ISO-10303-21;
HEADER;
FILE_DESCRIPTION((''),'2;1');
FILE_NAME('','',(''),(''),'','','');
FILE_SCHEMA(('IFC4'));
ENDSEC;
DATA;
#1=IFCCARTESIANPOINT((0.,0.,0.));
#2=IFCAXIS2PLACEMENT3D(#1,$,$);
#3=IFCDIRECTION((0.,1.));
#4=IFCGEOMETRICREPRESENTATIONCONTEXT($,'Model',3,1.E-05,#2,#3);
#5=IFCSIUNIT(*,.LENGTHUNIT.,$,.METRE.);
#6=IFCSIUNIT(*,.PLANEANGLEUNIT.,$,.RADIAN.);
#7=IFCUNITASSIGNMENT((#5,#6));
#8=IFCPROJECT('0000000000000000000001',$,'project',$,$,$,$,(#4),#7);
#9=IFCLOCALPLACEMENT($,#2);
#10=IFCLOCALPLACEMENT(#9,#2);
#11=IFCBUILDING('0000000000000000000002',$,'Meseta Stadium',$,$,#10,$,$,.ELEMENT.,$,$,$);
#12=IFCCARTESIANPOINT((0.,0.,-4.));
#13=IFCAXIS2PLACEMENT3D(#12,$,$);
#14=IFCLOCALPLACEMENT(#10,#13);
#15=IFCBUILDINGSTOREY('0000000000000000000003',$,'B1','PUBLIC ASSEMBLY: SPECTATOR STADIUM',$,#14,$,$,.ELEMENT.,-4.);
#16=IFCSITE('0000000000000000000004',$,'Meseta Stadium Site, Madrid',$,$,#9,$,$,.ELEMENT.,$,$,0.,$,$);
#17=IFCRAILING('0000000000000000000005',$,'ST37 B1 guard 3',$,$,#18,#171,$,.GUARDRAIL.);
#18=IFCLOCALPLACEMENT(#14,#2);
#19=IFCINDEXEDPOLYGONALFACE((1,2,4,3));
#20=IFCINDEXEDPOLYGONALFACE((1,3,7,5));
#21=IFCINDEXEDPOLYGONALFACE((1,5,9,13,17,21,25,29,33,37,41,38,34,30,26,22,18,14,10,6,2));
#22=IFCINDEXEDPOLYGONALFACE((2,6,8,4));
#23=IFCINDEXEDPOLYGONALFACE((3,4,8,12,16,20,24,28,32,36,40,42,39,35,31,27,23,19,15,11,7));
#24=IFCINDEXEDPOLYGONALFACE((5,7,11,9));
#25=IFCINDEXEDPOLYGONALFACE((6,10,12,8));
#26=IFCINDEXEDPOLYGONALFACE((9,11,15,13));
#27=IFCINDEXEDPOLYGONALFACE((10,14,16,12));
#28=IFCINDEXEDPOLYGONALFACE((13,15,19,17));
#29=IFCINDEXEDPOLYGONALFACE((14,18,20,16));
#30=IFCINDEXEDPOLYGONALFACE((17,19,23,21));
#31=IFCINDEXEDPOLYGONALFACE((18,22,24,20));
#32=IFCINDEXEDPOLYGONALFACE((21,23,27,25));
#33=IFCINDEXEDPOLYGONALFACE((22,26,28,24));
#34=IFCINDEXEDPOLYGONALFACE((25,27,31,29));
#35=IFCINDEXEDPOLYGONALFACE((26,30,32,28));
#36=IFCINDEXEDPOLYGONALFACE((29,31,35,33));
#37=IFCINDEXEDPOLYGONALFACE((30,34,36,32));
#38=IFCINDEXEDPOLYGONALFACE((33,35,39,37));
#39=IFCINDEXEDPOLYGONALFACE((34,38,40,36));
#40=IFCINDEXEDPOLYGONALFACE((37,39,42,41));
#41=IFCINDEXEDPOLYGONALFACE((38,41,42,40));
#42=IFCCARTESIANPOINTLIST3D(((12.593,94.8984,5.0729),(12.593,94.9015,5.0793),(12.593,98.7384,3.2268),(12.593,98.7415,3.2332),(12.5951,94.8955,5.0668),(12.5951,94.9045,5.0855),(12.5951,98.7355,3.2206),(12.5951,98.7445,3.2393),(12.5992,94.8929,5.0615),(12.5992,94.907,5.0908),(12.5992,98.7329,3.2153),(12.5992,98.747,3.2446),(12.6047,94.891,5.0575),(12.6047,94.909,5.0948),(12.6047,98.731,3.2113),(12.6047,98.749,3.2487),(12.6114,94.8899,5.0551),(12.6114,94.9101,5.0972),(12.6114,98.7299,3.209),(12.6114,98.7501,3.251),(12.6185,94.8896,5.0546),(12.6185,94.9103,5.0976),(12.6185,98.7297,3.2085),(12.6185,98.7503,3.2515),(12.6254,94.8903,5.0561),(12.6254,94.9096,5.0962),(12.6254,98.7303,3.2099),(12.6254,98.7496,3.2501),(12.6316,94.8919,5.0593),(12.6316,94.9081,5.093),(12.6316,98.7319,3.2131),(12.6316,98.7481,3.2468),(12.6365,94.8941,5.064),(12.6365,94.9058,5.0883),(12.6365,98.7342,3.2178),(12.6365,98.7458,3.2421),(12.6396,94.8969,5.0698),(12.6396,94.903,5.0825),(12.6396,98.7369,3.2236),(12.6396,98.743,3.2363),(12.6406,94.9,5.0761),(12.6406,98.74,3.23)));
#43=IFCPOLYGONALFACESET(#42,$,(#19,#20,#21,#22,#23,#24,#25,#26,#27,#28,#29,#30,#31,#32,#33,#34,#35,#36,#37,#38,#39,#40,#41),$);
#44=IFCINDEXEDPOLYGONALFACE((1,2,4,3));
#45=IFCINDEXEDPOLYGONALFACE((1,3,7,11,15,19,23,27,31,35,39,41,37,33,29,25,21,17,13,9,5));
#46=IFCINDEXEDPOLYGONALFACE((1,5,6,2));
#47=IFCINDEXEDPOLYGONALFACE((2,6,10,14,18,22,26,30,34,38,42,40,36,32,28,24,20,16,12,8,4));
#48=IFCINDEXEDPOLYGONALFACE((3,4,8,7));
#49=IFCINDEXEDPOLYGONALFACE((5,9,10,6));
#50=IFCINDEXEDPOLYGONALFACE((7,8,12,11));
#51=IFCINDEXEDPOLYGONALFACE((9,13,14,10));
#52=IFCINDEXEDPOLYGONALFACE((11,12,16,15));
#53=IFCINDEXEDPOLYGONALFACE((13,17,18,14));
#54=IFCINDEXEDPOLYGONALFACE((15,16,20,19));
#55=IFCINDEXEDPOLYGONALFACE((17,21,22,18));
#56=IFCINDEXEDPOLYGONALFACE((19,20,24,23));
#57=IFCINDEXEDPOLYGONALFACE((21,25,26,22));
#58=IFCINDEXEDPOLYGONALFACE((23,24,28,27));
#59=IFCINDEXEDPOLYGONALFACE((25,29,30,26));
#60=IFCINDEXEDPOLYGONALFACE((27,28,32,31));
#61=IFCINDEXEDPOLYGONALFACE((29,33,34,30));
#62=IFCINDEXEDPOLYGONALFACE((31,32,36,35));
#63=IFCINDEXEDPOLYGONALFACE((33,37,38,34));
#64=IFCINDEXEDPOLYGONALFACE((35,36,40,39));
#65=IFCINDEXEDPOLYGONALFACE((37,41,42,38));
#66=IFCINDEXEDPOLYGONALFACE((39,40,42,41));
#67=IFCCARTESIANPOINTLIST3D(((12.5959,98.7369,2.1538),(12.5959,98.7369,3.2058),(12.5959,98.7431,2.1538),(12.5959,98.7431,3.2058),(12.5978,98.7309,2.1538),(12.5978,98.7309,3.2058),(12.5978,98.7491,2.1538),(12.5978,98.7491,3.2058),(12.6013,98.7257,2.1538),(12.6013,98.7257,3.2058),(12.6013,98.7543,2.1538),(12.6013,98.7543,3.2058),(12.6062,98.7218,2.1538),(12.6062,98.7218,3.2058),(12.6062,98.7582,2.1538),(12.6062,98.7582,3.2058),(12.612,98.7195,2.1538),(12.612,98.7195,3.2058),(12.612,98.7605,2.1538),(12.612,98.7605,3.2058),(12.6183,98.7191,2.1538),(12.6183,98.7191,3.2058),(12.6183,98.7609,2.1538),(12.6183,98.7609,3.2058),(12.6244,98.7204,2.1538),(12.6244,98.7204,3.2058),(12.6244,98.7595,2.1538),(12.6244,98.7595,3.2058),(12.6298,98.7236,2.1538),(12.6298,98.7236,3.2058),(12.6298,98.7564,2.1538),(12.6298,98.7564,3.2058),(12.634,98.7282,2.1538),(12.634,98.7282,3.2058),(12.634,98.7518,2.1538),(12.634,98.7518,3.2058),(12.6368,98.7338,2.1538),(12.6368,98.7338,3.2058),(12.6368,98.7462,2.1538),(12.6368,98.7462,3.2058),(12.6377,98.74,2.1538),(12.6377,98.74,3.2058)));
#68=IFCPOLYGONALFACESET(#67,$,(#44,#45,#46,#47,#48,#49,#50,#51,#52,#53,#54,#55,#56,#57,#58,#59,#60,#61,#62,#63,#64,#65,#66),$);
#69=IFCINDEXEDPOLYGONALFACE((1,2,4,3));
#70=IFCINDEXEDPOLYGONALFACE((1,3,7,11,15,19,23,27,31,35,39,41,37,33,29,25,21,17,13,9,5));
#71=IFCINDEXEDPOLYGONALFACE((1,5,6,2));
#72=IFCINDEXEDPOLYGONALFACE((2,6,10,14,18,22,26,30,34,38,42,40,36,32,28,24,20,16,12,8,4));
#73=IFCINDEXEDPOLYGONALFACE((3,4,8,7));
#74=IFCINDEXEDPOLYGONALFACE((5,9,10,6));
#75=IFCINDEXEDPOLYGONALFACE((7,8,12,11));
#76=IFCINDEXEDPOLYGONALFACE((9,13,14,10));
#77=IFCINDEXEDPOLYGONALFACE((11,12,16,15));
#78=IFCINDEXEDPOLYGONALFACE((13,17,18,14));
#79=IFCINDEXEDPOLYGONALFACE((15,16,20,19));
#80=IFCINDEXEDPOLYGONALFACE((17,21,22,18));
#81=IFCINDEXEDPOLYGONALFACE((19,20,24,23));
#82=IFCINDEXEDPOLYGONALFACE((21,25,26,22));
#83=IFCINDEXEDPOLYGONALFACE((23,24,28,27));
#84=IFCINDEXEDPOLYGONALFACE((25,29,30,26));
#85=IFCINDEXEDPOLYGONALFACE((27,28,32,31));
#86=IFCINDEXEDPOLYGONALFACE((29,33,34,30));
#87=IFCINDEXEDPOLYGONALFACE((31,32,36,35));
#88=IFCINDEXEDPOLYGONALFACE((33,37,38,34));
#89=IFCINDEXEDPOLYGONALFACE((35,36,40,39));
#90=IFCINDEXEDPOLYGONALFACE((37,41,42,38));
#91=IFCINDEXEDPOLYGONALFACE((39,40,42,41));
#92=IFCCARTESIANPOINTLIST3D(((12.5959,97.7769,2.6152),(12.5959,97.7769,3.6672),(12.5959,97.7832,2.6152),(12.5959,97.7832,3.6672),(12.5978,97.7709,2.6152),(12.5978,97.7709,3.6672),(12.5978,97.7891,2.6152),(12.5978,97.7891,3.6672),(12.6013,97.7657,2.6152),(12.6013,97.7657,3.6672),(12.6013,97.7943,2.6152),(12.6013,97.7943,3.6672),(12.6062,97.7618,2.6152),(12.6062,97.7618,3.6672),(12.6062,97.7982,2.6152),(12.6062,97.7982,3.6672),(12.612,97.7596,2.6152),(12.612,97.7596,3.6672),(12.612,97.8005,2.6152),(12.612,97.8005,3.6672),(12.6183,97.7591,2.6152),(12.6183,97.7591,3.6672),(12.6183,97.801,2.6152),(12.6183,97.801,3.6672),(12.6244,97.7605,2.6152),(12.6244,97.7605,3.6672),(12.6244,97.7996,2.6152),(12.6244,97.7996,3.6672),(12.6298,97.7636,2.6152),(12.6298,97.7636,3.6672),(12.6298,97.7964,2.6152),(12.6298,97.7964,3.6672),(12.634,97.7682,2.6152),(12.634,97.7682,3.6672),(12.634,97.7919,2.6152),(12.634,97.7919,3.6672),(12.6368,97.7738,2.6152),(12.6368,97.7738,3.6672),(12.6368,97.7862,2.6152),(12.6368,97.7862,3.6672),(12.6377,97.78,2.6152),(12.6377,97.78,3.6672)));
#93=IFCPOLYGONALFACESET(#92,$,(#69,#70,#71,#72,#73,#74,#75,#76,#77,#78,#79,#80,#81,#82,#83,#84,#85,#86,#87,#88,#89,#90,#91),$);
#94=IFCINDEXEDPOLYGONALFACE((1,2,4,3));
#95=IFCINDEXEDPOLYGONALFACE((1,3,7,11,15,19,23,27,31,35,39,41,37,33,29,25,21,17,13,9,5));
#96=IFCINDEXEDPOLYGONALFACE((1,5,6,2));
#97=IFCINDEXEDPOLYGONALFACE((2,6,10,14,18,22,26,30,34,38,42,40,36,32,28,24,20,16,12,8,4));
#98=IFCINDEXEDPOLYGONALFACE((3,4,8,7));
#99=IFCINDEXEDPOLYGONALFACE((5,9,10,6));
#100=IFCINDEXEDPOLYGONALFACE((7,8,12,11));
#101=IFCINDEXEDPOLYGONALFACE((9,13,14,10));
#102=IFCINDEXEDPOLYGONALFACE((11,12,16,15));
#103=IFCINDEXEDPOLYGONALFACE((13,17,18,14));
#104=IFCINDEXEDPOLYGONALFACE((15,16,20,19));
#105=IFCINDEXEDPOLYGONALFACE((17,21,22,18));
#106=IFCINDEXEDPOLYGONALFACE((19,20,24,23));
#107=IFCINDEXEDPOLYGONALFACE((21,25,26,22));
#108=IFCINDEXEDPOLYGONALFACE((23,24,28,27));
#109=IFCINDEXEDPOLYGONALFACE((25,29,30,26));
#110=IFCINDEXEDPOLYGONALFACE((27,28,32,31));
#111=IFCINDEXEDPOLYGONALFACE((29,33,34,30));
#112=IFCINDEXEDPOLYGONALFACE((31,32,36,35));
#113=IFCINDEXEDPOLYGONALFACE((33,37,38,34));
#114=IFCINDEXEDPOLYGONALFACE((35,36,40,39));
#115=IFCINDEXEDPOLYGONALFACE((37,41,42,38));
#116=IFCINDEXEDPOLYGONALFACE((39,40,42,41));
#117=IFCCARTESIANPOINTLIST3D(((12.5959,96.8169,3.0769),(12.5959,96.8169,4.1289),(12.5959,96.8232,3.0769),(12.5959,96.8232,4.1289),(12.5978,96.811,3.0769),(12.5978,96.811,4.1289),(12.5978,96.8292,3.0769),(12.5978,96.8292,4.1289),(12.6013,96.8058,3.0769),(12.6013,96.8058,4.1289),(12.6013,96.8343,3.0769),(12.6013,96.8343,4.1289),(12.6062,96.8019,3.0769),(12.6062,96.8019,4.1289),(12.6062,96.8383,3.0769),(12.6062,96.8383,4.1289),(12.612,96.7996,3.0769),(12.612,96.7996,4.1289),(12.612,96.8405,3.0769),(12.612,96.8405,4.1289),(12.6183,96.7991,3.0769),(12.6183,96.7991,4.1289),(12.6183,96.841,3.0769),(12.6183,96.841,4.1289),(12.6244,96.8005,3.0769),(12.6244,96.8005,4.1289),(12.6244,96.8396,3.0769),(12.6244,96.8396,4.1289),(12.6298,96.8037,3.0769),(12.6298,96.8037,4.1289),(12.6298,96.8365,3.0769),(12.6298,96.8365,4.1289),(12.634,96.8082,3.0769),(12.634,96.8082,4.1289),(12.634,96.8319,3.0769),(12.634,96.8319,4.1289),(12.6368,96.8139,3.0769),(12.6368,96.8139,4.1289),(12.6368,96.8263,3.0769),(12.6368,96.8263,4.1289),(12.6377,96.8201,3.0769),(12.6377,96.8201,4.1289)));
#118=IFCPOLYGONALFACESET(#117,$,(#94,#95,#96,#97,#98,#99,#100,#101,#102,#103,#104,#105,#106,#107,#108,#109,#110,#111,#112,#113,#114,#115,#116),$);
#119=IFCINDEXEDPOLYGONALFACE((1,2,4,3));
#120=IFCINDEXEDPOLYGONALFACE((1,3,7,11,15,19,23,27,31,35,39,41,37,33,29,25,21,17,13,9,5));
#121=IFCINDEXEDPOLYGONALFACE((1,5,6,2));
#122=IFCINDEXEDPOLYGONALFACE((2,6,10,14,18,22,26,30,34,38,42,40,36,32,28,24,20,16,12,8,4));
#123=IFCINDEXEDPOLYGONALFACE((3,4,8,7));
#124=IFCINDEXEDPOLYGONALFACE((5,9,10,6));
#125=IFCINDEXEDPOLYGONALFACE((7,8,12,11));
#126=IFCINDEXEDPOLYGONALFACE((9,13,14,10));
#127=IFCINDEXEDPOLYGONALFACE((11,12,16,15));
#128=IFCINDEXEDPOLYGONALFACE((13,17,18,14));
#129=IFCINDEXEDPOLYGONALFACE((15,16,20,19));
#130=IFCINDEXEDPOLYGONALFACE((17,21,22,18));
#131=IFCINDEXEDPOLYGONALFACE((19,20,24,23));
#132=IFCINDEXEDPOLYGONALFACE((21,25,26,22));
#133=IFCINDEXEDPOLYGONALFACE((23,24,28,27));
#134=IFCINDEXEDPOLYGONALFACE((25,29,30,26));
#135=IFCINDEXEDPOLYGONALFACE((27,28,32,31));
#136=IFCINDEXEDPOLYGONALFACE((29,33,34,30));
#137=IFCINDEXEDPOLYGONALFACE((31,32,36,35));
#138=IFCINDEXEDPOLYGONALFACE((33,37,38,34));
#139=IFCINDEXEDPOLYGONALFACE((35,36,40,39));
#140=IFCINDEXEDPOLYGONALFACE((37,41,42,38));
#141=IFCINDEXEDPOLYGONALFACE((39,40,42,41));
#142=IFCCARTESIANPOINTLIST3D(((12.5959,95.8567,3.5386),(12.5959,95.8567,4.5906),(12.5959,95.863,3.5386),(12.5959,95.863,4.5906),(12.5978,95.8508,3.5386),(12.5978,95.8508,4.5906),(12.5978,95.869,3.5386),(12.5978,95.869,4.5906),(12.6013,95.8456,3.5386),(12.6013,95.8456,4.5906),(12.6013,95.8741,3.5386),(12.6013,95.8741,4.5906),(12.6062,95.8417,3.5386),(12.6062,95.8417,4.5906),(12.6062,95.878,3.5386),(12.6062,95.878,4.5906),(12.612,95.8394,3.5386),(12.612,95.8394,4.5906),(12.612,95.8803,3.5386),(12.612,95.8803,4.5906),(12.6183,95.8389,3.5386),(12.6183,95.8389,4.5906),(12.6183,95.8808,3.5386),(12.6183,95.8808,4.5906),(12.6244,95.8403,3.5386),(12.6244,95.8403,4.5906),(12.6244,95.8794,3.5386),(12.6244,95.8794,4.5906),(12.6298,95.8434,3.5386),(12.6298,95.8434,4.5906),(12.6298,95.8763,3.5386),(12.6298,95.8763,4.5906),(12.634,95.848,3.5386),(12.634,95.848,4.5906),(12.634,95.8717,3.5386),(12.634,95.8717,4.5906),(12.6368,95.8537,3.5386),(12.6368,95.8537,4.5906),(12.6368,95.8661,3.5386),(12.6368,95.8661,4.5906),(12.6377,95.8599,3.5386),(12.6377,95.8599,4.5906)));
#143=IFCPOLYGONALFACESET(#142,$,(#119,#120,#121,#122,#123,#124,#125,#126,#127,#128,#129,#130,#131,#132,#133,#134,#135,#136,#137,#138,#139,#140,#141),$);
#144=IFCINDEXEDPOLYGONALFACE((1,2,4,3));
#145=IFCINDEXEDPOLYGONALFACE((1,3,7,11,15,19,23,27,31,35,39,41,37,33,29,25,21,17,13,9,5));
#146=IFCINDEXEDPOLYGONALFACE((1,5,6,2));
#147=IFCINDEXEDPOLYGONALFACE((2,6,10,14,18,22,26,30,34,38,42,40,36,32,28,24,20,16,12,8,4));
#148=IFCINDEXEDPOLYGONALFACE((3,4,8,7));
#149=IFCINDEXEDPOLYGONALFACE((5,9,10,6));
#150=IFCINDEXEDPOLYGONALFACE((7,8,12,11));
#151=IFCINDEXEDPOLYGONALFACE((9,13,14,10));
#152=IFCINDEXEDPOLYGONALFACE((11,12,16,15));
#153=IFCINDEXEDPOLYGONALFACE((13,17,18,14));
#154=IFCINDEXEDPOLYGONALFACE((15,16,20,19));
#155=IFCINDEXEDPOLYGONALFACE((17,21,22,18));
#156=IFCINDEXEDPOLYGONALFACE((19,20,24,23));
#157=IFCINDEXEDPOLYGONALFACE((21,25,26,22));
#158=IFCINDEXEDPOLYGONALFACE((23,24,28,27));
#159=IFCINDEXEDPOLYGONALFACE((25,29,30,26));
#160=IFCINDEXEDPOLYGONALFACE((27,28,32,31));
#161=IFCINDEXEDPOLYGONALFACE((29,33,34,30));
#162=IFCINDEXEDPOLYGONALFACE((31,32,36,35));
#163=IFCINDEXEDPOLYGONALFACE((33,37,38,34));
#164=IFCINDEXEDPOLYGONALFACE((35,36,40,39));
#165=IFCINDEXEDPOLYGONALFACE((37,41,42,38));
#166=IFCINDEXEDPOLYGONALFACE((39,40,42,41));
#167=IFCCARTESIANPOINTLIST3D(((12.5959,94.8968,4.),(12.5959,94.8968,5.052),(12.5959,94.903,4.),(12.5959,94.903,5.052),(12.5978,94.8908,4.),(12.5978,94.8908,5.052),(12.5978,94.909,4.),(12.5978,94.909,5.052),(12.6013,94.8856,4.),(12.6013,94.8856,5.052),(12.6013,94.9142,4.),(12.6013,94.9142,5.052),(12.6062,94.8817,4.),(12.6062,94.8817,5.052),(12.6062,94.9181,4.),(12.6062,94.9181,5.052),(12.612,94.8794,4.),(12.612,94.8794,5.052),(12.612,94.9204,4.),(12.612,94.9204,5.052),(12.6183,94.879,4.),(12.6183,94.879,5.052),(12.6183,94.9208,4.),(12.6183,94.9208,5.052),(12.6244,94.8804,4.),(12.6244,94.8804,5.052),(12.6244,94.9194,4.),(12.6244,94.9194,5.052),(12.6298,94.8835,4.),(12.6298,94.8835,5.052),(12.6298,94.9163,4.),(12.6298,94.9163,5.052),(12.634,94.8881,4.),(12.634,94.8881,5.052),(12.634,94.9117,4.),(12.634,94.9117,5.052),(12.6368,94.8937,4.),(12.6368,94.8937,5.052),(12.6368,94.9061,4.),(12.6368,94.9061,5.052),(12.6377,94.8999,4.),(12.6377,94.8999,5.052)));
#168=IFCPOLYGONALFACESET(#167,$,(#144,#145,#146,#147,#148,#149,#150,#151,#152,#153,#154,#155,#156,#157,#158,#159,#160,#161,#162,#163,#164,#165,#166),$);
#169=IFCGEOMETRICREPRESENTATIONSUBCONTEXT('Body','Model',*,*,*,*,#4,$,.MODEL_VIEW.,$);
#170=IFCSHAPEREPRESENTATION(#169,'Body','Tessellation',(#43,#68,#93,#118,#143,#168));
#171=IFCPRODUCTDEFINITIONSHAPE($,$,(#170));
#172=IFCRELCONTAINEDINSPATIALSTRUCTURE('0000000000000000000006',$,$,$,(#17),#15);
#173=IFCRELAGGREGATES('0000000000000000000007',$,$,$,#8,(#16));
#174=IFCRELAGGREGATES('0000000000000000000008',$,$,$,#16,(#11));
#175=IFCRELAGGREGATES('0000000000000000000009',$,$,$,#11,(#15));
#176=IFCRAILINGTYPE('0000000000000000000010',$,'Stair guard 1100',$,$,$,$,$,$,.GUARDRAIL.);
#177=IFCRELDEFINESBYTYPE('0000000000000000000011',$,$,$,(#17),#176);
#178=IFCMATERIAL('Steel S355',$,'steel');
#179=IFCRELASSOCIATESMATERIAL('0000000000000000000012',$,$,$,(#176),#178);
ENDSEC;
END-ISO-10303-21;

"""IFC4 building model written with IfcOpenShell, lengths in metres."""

from ifc_helpers import new_model, si_unit, direction, frame, origin, origin_2d, place, context, subcontext, project, spatial, circle, extrude, material, type_object, element, save


model = new_model("IFC4")

# Units and contexts
model_context = context("Model", 3, precision=1e-05, world=origin(), true_north=direction((0.0, 1.0)))
body_context = subcontext(model_context, "Body", "Model", "MODEL_VIEW")
ifc_project = project(units=[si_unit("LENGTHUNIT", "METRE"), si_unit("PLANEANGLEUNIT", "RADIAN")], contexts=[model_context])

# Site, building, storey
site_placement = place(None, origin())
site = spatial("IfcSite", under=ifc_project, at=site_placement, Name="Meseta Stadium Site, Madrid", CompositionType="ELEMENT", RefElevation=0.0)
building_placement = place(site_placement, origin())
building = spatial("IfcBuilding", under=site, at=building_placement, Name="Meseta Stadium", CompositionType="ELEMENT")
storey_placement = place(building_placement, frame((0.0, 0.0, -4.0)))
storey = spatial("IfcBuildingStorey", under=building, at=storey_placement, Name="B1", Description="PUBLIC ASSEMBLY: SPECTATOR STADIUM", CompositionType="ELEMENT", Elevation=-4.0)

# Railing
ifc_material_1 = material(Name="Steel S355", Category="steel")
railing_type_1 = type_object("IfcRailingType", Name="Stair guard 1100", PredefinedType="GUARDRAIL", material=ifc_material_1)
railing_1_placement = place(storey_placement, frame((12.6167, 98.74, 2.1538)))
element("IfcRailing", 1, at=railing_1_placement, inside=storey, type_object=railing_type_1, Name="ST37 B1 guard 3", PredefinedType="GUARDRAIL", context=body_context, shape_type="SweptSolid", body=[
    extrude(circle(Radius=0.0239, at=origin_2d()), frame((0.0, 0.0, 1.0762), z_axis=(0.0, -0.901253, 0.433294), x_axis=(1.0, 0.0, 0.0)), (0.0, 0.0, 1.0), 4.2607),
    extrude(circle(Radius=0.021, at=origin_2d()), origin(), (0.0, 0.0, 1.0), 1.052),
    extrude(circle(Radius=0.021, at=origin_2d()), frame((0.0, -0.96, 0.4614)), (0.0, 0.0, 1.0), 1.052),
    extrude(circle(Radius=0.021, at=origin_2d()), frame((0.0, -1.9199, 0.9231)), (0.0, 0.0, 1.0), 1.052),
    extrude(circle(Radius=0.021, at=origin_2d()), frame((0.0, -2.8801, 1.3848)), (0.0, 0.0, 1.0), 1.052),
    extrude(circle(Radius=0.021, at=origin_2d()), frame((0.0, -3.8401, 1.8462)), (0.0, 0.0, 1.0), 1.052),
])

save(model, "model.ifc")
